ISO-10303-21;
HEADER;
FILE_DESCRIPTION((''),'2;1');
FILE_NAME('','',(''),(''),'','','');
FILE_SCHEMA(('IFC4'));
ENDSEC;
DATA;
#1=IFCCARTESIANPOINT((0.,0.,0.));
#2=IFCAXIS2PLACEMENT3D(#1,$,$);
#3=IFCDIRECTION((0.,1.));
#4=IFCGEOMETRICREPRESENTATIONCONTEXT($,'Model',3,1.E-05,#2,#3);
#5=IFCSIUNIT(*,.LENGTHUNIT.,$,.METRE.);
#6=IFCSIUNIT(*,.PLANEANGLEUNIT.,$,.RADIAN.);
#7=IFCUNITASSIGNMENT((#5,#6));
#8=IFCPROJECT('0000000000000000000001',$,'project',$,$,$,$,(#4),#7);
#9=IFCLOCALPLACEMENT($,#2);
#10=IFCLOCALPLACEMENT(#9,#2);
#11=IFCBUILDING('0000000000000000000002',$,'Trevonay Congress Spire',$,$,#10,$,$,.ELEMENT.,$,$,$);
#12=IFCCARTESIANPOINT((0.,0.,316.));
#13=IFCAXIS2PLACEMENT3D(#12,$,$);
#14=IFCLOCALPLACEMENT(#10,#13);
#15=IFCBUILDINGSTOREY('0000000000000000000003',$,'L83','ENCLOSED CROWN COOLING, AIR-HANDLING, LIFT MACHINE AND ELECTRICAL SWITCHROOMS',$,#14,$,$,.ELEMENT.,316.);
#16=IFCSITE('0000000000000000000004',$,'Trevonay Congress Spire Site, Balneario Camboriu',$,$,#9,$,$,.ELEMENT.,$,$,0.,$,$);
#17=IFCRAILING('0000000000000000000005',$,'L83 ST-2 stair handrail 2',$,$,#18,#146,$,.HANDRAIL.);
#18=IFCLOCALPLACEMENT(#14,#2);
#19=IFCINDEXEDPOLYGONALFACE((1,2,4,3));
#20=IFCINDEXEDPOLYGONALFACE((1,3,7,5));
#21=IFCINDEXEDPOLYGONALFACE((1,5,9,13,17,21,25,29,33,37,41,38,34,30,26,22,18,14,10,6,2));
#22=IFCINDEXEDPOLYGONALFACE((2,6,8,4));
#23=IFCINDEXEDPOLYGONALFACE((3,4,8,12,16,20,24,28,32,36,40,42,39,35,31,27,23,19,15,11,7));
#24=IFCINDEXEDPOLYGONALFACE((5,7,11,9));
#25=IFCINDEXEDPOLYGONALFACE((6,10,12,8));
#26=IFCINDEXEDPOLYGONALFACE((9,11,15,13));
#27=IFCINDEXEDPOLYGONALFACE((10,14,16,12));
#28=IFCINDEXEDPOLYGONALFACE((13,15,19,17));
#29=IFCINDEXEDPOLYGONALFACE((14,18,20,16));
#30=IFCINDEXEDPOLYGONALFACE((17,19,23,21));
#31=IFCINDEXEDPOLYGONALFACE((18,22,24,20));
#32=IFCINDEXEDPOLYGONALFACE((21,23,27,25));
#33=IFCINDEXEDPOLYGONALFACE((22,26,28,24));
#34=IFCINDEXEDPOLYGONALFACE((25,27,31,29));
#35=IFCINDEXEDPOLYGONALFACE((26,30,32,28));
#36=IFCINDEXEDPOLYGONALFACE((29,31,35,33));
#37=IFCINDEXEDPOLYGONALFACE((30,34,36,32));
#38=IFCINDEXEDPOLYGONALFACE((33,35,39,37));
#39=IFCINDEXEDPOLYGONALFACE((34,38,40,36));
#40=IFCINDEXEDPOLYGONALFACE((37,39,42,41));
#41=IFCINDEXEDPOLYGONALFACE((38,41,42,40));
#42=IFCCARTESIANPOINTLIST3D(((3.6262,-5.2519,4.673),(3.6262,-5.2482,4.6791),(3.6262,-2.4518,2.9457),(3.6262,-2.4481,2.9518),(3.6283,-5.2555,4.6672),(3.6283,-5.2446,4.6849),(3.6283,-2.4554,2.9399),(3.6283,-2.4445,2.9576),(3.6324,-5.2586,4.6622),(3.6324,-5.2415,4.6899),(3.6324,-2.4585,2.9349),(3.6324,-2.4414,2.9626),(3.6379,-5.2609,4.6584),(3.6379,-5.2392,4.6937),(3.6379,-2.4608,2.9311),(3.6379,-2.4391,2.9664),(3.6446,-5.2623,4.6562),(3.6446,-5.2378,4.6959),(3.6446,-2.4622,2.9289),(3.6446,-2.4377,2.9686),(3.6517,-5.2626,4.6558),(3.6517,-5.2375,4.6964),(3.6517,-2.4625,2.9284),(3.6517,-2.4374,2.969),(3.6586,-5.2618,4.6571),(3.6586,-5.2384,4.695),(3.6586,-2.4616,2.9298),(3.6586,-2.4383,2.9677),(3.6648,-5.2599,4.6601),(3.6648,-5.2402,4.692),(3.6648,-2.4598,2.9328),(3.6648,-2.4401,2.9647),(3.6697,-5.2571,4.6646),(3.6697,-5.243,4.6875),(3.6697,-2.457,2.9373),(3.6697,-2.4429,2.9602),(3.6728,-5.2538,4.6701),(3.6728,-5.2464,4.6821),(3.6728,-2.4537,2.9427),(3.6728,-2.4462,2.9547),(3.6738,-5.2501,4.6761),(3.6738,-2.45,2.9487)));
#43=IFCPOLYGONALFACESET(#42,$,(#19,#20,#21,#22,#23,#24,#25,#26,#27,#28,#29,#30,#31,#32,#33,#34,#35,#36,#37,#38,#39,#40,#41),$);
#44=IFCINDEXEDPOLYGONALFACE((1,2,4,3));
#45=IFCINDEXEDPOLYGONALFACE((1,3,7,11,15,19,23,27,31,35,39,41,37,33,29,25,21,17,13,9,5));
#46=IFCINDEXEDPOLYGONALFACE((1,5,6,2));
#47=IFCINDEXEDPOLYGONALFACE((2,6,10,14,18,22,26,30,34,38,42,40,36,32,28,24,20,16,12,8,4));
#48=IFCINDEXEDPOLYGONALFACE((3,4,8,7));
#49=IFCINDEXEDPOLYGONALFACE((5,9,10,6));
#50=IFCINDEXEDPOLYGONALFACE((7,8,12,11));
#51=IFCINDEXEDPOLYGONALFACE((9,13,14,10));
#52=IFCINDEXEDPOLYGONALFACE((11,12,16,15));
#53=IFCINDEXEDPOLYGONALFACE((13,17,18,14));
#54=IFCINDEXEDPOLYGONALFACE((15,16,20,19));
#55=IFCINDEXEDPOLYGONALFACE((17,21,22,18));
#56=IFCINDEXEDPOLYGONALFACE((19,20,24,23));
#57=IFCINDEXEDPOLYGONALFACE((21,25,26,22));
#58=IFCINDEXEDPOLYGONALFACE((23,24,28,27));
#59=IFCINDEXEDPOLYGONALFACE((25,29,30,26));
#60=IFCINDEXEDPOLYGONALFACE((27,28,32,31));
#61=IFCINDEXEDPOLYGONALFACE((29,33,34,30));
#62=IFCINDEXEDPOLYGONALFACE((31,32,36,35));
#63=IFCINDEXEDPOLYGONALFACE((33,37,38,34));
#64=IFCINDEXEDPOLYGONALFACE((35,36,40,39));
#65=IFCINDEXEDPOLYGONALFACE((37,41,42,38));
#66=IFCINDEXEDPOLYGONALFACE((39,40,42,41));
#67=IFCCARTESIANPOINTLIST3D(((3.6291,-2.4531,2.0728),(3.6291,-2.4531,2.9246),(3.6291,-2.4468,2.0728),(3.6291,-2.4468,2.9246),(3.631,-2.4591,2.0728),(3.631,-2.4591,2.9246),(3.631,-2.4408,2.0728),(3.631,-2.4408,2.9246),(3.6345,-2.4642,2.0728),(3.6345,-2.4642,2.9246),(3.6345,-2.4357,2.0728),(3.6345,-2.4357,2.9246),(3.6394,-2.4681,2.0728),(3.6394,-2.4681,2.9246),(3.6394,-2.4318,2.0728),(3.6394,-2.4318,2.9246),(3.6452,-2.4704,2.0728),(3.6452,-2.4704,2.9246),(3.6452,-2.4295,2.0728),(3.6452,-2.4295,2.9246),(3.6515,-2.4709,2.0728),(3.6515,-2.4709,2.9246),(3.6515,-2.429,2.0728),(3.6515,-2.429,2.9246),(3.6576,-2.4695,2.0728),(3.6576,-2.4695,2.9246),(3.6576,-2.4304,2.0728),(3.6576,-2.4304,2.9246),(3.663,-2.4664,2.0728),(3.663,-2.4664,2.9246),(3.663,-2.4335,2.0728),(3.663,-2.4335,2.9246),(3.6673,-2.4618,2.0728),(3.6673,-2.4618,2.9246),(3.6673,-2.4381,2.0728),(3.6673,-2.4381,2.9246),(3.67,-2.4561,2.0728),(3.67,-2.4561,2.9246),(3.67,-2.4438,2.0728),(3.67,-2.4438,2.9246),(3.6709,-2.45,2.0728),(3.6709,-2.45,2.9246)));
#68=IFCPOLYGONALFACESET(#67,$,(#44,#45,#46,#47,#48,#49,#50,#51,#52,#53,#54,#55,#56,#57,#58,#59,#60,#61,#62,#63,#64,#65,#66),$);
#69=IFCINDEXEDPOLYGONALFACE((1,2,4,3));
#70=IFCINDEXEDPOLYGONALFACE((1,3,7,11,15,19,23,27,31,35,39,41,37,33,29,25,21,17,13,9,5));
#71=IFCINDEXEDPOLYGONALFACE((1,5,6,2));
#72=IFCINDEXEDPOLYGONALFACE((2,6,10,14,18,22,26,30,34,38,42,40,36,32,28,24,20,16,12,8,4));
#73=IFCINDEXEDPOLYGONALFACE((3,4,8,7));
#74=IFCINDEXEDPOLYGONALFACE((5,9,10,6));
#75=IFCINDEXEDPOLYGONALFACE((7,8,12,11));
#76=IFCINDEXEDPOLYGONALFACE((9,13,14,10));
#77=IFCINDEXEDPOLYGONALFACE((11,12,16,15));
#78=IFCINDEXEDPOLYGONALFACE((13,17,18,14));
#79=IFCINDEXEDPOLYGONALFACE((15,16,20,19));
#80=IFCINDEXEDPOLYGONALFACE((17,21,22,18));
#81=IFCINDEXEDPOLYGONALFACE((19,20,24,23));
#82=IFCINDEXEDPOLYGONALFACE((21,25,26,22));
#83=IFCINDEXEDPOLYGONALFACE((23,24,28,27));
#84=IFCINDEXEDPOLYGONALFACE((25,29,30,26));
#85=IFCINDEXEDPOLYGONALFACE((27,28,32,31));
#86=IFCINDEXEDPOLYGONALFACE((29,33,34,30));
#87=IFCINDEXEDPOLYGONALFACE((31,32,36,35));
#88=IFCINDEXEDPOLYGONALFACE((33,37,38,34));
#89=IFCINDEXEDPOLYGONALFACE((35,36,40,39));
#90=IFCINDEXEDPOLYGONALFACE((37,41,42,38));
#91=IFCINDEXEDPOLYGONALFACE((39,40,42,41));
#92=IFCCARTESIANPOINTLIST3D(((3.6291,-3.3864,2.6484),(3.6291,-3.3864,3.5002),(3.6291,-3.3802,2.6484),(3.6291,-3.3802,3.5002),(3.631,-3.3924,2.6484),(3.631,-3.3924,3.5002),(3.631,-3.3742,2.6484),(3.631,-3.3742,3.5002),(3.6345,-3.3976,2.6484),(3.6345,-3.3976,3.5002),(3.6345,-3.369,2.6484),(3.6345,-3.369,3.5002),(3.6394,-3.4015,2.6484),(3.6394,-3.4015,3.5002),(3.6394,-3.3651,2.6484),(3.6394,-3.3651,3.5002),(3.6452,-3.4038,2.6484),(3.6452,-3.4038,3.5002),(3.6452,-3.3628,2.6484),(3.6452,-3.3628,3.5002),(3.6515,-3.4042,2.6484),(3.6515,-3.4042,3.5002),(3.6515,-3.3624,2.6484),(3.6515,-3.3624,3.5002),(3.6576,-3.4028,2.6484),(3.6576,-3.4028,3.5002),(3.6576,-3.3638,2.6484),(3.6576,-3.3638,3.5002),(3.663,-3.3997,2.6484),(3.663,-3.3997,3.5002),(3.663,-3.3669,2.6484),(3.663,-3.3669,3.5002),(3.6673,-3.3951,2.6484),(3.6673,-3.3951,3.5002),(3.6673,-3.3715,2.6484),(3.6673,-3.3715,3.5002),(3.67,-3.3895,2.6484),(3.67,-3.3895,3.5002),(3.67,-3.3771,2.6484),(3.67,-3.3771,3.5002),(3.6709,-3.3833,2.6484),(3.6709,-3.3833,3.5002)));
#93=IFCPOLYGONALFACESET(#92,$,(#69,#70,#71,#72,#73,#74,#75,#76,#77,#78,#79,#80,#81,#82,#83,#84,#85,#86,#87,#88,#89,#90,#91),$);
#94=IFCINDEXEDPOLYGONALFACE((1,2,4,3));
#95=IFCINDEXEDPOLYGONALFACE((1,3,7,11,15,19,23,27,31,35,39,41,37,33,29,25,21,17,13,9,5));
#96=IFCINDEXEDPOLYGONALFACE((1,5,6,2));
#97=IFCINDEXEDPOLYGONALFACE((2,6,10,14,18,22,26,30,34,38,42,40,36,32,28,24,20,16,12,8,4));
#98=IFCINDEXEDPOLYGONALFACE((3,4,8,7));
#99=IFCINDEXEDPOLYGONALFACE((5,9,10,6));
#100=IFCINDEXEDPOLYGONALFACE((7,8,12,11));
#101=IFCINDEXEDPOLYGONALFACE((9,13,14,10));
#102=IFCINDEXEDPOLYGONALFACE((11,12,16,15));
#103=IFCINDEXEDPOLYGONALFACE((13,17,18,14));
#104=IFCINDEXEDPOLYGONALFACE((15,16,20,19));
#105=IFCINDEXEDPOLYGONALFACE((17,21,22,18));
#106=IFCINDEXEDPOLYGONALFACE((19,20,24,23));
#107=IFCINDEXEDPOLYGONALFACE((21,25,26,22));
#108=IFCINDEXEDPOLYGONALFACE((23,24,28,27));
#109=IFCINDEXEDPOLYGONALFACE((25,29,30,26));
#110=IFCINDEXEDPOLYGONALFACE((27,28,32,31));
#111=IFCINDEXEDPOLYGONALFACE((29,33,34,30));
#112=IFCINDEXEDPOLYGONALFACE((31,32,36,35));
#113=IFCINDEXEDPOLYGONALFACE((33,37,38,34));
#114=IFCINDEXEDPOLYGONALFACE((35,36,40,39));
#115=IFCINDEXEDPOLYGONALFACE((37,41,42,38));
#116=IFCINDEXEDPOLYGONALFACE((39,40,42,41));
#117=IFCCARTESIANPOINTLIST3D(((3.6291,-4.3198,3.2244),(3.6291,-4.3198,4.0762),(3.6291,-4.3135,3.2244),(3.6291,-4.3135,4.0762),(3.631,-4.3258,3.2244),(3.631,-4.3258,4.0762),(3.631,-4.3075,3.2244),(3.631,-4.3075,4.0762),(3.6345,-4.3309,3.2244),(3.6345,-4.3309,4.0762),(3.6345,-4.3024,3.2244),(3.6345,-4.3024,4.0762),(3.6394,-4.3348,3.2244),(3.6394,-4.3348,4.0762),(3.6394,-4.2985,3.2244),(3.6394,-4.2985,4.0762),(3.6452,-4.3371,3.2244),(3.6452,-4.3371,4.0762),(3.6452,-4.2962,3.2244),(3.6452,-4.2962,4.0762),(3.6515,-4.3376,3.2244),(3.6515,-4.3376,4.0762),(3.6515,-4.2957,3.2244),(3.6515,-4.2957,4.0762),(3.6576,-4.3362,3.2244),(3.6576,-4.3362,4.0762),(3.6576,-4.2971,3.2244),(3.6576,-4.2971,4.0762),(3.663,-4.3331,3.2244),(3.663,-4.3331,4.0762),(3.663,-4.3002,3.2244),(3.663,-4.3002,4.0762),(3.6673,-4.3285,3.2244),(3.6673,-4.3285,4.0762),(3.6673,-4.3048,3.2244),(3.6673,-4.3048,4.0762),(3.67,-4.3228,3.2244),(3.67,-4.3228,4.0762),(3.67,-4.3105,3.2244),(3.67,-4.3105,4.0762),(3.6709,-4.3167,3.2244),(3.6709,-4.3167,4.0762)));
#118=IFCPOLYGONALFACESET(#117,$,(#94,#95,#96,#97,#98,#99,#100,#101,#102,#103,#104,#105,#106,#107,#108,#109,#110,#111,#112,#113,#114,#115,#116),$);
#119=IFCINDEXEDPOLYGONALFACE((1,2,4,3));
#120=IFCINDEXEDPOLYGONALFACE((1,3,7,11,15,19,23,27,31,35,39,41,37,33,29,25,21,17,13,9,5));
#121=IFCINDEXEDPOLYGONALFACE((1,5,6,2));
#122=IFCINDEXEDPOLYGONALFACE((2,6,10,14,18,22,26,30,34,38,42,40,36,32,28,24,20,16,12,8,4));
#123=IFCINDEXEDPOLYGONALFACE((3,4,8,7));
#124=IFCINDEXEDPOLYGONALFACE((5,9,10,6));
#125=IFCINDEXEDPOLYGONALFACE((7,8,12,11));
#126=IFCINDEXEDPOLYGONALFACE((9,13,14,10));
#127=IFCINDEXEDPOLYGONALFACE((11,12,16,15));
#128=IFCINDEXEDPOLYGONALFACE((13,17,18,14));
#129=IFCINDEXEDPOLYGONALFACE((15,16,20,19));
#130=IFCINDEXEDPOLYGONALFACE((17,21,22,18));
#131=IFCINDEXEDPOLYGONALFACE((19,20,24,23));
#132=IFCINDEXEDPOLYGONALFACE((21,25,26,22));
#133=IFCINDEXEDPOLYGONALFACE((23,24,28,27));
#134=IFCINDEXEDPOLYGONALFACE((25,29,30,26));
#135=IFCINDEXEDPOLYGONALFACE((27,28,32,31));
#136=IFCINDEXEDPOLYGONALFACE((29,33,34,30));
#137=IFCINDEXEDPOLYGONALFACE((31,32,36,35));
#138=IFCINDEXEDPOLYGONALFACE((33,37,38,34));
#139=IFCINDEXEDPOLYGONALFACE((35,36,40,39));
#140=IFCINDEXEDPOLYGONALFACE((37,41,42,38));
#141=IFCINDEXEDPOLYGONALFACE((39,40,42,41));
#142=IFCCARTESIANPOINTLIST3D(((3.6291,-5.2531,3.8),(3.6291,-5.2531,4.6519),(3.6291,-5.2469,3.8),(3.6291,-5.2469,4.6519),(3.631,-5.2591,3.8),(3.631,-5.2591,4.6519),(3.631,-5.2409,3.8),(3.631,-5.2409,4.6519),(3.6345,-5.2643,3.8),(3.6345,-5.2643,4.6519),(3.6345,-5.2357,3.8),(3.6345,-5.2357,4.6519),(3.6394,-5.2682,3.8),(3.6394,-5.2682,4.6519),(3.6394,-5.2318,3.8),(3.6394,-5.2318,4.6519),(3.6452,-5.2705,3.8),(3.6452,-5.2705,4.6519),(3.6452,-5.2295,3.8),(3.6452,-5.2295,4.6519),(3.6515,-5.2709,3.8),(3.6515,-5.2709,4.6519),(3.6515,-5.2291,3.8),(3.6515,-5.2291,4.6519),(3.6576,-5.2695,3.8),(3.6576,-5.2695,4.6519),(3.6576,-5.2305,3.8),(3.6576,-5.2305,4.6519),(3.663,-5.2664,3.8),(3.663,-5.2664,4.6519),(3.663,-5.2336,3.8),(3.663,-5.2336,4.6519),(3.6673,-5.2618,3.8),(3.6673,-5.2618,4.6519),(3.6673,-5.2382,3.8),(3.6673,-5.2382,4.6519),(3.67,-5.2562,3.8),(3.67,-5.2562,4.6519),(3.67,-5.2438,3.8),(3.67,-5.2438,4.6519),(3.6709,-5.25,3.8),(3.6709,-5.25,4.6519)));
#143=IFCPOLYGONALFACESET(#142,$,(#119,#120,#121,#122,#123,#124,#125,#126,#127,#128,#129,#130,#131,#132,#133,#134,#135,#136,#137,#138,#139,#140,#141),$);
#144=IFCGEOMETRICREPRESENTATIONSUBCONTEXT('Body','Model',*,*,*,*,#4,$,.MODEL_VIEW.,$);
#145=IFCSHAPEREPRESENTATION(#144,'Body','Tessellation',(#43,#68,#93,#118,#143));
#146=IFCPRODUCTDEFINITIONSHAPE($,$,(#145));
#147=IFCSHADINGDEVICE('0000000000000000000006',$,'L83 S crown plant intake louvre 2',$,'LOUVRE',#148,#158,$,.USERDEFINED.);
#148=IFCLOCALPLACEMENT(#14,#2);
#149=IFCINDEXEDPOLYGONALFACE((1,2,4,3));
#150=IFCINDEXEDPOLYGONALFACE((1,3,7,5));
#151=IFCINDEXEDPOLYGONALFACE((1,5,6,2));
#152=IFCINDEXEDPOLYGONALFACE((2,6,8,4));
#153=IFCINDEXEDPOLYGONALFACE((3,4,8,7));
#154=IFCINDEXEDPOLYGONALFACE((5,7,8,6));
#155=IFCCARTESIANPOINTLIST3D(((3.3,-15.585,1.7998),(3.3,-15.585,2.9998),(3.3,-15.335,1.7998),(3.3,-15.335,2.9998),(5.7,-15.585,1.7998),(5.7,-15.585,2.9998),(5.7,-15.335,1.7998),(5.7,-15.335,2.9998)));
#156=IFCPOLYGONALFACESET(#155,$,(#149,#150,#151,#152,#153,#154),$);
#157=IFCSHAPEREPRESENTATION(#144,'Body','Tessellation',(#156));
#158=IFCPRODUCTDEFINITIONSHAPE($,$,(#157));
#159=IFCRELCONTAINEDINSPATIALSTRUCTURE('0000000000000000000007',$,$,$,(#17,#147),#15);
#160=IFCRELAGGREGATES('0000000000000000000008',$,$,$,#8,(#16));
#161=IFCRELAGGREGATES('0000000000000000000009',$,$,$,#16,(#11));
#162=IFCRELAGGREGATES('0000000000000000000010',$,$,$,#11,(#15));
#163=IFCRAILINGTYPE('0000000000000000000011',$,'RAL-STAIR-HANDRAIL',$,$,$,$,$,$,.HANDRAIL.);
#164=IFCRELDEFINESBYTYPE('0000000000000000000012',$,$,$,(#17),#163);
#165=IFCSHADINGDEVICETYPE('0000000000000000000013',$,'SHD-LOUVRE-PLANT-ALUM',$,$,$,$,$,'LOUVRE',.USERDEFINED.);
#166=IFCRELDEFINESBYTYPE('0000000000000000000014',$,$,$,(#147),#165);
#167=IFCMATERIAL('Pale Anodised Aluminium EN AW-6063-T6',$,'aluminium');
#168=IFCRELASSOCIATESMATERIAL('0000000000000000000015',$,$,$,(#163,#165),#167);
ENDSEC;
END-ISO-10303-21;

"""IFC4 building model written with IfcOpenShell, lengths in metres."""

from ifc_helpers import new_model, si_unit, direction, frame, origin, origin_2d, place, context, subcontext, project, spatial, rectangle, circle, extrude, material, type_object, element, save


model = new_model("IFC4")

# Units and contexts
model_context = context("Model", 3, precision=1e-05, world=origin(), true_north=direction((0.0, 1.0)))
body_context = subcontext(model_context, "Body", "Model", "MODEL_VIEW")
ifc_project = project(units=[si_unit("LENGTHUNIT", "METRE"), si_unit("PLANEANGLEUNIT", "RADIAN")], contexts=[model_context])

# Site, building, storey
site_placement = place(None, origin())
site = spatial("IfcSite", under=ifc_project, at=site_placement, Name="Trevonay Congress Spire Site, Balneario Camboriu", CompositionType="ELEMENT", RefElevation=0.0)
building_placement = place(site_placement, origin())
building = spatial("IfcBuilding", under=site, at=building_placement, Name="Trevonay Congress Spire", CompositionType="ELEMENT")
storey_placement = place(building_placement, frame((0.0, 0.0, 316.0)))
storey = spatial("IfcBuildingStorey", under=building, at=storey_placement, Name="L83", Description="ENCLOSED CROWN COOLING, AIR-HANDLING, LIFT MACHINE AND ELECTRICAL SWITCHROOMS", CompositionType="ELEMENT", Elevation=316.0)

# Shared definitions
ifc_material_1 = material(Name="Pale Anodised Aluminium EN AW-6063-T6", Category="aluminium")

# Railing
railing_type_1 = type_object("IfcRailingType", Name="RAL-STAIR-HANDRAIL", PredefinedType="HANDRAIL", material=ifc_material_1)
railing_1_placement = place(storey_placement, frame((3.6499, -2.45, 2.0728)))
element("IfcRailing", 1, at=railing_1_placement, inside=storey, type_object=railing_type_1, Name="L83 ST-2 stair handrail 2", PredefinedType="HANDRAIL", context=body_context, shape_type="SweptSolid", body=[
    extrude(circle(Radius=0.0239, at=origin_2d()), frame((0.0, 0.0, 0.876), z_axis=(0.0, -0.85109, 0.52502), x_axis=(1.0, 0.0, 0.0)), (0.0, 0.0, 1.0), 3.29),
    extrude(circle(Radius=0.021, at=origin_2d()), origin(), (0.0, 0.0, 1.0), 0.8518),
    extrude(circle(Radius=0.021, at=origin_2d()), frame((0.0, -0.9333, 0.5757)), (0.0, 0.0, 1.0), 0.8518),
    extrude(circle(Radius=0.021, at=origin_2d()), frame((0.0, -1.8667, 1.1516)), (0.0, 0.0, 1.0), 0.8518),
    extrude(circle(Radius=0.021, at=origin_2d()), frame((0.0, -2.8, 1.7273)), (0.0, 0.0, 1.0), 0.8518),
])

# Shading device
shading_device_type = type_object("IfcShadingDeviceType", Name="SHD-LOUVRE-PLANT-ALUM", ElementType="LOUVRE", PredefinedType="USERDEFINED", material=ifc_material_1)
shading_device_placement = place(storey_placement, frame((4.5, -15.46, 1.7998), z_axis=(0.0, 0.0, 1.0), x_axis=(1.0, 0.0, 0.0)))
element("IfcShadingDevice", 2, at=shading_device_placement, inside=storey, type_object=shading_device_type, Name="L83 S crown plant intake louvre 2", ObjectType="LOUVRE", PredefinedType="USERDEFINED", context=body_context, shape_type="SweptSolid", body=[
    extrude(rectangle(XDim=2.3999, YDim=0.25, at=origin_2d()), origin(), (0.0, 0.0, 1.0), 1.2),
])

save(model, "model.ifc")
